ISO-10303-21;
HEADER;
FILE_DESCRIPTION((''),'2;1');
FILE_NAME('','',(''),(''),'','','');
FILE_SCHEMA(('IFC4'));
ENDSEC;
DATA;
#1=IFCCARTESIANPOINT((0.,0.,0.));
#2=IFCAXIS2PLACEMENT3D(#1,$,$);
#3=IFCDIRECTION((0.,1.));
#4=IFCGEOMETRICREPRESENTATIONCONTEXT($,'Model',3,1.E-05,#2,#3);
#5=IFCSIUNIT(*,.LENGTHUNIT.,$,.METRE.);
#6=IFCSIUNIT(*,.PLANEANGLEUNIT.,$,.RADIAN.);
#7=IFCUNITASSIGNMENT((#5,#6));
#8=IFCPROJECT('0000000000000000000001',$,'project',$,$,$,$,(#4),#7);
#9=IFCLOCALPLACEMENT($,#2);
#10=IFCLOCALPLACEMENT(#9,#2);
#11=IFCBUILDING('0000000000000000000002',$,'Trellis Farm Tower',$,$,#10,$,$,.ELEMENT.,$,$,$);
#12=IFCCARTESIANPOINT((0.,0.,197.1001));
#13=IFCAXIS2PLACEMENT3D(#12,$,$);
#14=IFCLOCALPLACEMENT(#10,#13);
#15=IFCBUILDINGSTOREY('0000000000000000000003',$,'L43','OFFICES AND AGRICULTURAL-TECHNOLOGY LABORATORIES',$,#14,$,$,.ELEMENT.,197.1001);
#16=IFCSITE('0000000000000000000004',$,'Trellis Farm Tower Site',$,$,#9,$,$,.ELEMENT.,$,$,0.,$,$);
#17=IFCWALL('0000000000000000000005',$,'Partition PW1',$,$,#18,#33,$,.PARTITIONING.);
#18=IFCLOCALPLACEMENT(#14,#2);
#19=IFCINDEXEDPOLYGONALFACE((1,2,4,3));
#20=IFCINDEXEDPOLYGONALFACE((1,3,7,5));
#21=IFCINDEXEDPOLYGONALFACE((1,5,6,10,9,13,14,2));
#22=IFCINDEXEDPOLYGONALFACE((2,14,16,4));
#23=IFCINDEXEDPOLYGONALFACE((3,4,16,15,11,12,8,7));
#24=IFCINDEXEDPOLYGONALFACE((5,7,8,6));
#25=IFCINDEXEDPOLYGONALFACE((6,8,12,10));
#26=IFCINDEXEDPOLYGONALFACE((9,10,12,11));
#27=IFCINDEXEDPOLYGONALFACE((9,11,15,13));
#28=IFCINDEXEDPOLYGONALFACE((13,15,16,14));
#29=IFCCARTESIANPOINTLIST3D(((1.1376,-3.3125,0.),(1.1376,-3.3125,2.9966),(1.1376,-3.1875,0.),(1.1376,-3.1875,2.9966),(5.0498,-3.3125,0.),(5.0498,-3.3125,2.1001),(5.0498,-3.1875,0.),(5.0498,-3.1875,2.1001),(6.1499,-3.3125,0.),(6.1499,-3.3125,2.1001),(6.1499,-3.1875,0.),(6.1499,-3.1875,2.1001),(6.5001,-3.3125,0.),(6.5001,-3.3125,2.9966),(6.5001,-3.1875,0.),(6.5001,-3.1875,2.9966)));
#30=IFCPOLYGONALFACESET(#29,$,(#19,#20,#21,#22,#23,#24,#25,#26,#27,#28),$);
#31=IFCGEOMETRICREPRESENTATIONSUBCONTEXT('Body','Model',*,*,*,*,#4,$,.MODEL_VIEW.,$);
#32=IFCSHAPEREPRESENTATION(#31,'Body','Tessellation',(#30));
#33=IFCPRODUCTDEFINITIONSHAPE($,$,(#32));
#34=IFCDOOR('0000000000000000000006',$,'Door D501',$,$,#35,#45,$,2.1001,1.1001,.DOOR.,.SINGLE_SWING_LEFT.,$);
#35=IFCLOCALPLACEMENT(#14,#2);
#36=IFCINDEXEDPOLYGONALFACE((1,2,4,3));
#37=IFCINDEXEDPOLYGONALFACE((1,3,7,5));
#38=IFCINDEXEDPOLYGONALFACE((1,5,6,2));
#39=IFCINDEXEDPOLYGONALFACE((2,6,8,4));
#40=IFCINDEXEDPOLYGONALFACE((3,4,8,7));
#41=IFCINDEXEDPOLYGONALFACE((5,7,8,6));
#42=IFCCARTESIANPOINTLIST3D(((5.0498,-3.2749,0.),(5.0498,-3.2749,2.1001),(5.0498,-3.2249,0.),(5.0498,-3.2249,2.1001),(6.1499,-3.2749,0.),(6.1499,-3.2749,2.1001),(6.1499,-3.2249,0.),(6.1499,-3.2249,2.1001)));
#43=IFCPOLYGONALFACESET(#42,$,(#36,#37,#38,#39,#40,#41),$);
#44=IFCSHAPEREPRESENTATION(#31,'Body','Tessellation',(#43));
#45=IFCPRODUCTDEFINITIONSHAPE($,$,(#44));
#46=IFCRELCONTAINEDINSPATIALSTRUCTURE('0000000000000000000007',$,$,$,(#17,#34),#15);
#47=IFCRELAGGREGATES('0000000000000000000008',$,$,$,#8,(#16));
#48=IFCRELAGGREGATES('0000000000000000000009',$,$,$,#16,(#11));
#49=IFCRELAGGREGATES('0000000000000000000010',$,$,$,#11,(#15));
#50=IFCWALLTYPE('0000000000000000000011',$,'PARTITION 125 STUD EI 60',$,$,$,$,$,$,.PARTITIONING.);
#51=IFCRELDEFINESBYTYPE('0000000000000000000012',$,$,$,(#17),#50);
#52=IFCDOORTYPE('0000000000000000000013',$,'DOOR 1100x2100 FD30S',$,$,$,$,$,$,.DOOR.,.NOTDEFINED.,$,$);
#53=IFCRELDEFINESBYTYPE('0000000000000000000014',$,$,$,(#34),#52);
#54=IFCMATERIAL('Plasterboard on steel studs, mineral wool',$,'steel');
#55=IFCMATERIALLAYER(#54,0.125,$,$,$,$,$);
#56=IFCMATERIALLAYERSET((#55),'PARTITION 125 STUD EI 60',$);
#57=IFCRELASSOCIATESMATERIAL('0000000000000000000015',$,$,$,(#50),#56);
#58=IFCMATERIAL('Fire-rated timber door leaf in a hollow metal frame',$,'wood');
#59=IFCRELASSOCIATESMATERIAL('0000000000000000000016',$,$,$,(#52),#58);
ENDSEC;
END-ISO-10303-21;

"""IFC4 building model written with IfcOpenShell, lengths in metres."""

from ifc_helpers import new_model, si_unit, direction, frame, frame_2d, origin, place, context, subcontext, project, spatial, rectangle, extrude, source, transform, mapped, material, layer, layer_set, type_object, element, fill, save


model = new_model("IFC4")

# Units and contexts
model_context = context("Model", 3, precision=1e-05, world=origin(), true_north=direction((0.0, 1.0)))
body_context = subcontext(model_context, "Body", "Model", "MODEL_VIEW")
ifc_project = project(units=[si_unit("LENGTHUNIT", "METRE"), si_unit("PLANEANGLEUNIT", "RADIAN")], contexts=[model_context])

# Site, building, storey
site_placement = place(None, origin())
site = spatial("IfcSite", under=ifc_project, at=site_placement, Name="Trellis Farm Tower Site", CompositionType="ELEMENT", RefElevation=0.0)
building_placement = place(site_placement, origin())
building = spatial("IfcBuilding", under=site, at=building_placement, Name="Trellis Farm Tower", CompositionType="ELEMENT")
storey_placement = place(building_placement, frame((0.0, 0.0, 197.1001)))
storey = spatial("IfcBuildingStorey", under=building, at=storey_placement, Name="L43", Description="OFFICES AND AGRICULTURAL-TECHNOLOGY LABORATORIES", CompositionType="ELEMENT", Elevation=197.1001)

# Wall, opening, door
ifc_material_1 = material(Name="Plasterboard on steel studs, mineral wool", Category="steel")
ifc_layer_1 = layer(ifc_material_1, 0.125)
ifc_layer_set_1 = layer_set([ifc_layer_1], Name="PARTITION 125 STUD EI 60")
wall_type_1 = type_object("IfcWallType", Name="PARTITION 125 STUD EI 60", PredefinedType="PARTITIONING", material=ifc_layer_set_1)
shared_shape_1 = source(origin(), body_context, "Body", "SweptSolid", [
    extrude(rectangle(XDim=5.3625, YDim=0.125, at=frame_2d((2.6812, 0.0))), origin(), (0.0, 0.0, 1.0), 2.9966),
])
wall_1_placement = place(storey_placement, frame((6.5, -3.25, 0.0), z_axis=(0.0, 0.0, 1.0), x_axis=(-1.0, 0.0, 0.0)))
wall_1 = element("IfcWall", 1, at=wall_1_placement, inside=storey, type_object=wall_type_1, Name="Partition PW1", PredefinedType="PARTITIONING", context=body_context, shape_type="MappedRepresentation", body=[
    mapped(shared_shape_1, transform((0.0, 0.0, 0.0))),
])
shared_shape_2 = source(origin(), body_context, "Body", "SweptSolid", [
    extrude(rectangle(XDim=1.1001, YDim=2.1001, at=frame_2d((0.55, 1.05))), frame((0.0, 0.0725, 0.0), z_axis=(0.0, -1.0, 0.0), x_axis=(1.0, 0.0, 0.0)), (0.0, 0.0, 1.0), 0.145),
])
opening_1_placement = place(wall_1_placement, frame((0.3501, 0.0, 0.0)))
opening_1 = element("IfcOpeningElement", 2, at=opening_1_placement, cuts=wall_1, PredefinedType="OPENING", context=body_context, shape_type="MappedRepresentation", body=[
    mapped(shared_shape_2, transform((0.0, 0.0, 0.0))),
])
ifc_material_2 = material(Name="Fire-rated timber door leaf in a hollow metal frame", Category="wood")
door_type_1 = type_object("IfcDoorType", Name="DOOR 1100x2100 FD30S", OperationType="NOTDEFINED", PredefinedType="DOOR", material=ifc_material_2)
shared_shape_3 = source(origin(), body_context, "Body", "SweptSolid", [
    extrude(rectangle(XDim=1.1001, YDim=2.1001, at=frame_2d((0.55, 1.05))), frame((0.0, 0.0249, 0.0), z_axis=(0.0, -1.0, 0.0), x_axis=(1.0, 0.0, 0.0)), (0.0, 0.0, 1.0), 0.05),
])
door_1_placement = place(opening_1_placement, origin())
door_1 = element("IfcDoor", 3, at=door_1_placement, inside=storey, type_object=door_type_1, Name="Door D501", OperationType="SINGLE_SWING_LEFT", OverallHeight=2.1001, OverallWidth=1.1001, PredefinedType="DOOR", context=body_context, shape_type="MappedRepresentation", body=[
    mapped(shared_shape_3, transform((0.0, 0.0, 0.0))),
])
fill(opening_1, door_1)

save(model, "model.ifc")
